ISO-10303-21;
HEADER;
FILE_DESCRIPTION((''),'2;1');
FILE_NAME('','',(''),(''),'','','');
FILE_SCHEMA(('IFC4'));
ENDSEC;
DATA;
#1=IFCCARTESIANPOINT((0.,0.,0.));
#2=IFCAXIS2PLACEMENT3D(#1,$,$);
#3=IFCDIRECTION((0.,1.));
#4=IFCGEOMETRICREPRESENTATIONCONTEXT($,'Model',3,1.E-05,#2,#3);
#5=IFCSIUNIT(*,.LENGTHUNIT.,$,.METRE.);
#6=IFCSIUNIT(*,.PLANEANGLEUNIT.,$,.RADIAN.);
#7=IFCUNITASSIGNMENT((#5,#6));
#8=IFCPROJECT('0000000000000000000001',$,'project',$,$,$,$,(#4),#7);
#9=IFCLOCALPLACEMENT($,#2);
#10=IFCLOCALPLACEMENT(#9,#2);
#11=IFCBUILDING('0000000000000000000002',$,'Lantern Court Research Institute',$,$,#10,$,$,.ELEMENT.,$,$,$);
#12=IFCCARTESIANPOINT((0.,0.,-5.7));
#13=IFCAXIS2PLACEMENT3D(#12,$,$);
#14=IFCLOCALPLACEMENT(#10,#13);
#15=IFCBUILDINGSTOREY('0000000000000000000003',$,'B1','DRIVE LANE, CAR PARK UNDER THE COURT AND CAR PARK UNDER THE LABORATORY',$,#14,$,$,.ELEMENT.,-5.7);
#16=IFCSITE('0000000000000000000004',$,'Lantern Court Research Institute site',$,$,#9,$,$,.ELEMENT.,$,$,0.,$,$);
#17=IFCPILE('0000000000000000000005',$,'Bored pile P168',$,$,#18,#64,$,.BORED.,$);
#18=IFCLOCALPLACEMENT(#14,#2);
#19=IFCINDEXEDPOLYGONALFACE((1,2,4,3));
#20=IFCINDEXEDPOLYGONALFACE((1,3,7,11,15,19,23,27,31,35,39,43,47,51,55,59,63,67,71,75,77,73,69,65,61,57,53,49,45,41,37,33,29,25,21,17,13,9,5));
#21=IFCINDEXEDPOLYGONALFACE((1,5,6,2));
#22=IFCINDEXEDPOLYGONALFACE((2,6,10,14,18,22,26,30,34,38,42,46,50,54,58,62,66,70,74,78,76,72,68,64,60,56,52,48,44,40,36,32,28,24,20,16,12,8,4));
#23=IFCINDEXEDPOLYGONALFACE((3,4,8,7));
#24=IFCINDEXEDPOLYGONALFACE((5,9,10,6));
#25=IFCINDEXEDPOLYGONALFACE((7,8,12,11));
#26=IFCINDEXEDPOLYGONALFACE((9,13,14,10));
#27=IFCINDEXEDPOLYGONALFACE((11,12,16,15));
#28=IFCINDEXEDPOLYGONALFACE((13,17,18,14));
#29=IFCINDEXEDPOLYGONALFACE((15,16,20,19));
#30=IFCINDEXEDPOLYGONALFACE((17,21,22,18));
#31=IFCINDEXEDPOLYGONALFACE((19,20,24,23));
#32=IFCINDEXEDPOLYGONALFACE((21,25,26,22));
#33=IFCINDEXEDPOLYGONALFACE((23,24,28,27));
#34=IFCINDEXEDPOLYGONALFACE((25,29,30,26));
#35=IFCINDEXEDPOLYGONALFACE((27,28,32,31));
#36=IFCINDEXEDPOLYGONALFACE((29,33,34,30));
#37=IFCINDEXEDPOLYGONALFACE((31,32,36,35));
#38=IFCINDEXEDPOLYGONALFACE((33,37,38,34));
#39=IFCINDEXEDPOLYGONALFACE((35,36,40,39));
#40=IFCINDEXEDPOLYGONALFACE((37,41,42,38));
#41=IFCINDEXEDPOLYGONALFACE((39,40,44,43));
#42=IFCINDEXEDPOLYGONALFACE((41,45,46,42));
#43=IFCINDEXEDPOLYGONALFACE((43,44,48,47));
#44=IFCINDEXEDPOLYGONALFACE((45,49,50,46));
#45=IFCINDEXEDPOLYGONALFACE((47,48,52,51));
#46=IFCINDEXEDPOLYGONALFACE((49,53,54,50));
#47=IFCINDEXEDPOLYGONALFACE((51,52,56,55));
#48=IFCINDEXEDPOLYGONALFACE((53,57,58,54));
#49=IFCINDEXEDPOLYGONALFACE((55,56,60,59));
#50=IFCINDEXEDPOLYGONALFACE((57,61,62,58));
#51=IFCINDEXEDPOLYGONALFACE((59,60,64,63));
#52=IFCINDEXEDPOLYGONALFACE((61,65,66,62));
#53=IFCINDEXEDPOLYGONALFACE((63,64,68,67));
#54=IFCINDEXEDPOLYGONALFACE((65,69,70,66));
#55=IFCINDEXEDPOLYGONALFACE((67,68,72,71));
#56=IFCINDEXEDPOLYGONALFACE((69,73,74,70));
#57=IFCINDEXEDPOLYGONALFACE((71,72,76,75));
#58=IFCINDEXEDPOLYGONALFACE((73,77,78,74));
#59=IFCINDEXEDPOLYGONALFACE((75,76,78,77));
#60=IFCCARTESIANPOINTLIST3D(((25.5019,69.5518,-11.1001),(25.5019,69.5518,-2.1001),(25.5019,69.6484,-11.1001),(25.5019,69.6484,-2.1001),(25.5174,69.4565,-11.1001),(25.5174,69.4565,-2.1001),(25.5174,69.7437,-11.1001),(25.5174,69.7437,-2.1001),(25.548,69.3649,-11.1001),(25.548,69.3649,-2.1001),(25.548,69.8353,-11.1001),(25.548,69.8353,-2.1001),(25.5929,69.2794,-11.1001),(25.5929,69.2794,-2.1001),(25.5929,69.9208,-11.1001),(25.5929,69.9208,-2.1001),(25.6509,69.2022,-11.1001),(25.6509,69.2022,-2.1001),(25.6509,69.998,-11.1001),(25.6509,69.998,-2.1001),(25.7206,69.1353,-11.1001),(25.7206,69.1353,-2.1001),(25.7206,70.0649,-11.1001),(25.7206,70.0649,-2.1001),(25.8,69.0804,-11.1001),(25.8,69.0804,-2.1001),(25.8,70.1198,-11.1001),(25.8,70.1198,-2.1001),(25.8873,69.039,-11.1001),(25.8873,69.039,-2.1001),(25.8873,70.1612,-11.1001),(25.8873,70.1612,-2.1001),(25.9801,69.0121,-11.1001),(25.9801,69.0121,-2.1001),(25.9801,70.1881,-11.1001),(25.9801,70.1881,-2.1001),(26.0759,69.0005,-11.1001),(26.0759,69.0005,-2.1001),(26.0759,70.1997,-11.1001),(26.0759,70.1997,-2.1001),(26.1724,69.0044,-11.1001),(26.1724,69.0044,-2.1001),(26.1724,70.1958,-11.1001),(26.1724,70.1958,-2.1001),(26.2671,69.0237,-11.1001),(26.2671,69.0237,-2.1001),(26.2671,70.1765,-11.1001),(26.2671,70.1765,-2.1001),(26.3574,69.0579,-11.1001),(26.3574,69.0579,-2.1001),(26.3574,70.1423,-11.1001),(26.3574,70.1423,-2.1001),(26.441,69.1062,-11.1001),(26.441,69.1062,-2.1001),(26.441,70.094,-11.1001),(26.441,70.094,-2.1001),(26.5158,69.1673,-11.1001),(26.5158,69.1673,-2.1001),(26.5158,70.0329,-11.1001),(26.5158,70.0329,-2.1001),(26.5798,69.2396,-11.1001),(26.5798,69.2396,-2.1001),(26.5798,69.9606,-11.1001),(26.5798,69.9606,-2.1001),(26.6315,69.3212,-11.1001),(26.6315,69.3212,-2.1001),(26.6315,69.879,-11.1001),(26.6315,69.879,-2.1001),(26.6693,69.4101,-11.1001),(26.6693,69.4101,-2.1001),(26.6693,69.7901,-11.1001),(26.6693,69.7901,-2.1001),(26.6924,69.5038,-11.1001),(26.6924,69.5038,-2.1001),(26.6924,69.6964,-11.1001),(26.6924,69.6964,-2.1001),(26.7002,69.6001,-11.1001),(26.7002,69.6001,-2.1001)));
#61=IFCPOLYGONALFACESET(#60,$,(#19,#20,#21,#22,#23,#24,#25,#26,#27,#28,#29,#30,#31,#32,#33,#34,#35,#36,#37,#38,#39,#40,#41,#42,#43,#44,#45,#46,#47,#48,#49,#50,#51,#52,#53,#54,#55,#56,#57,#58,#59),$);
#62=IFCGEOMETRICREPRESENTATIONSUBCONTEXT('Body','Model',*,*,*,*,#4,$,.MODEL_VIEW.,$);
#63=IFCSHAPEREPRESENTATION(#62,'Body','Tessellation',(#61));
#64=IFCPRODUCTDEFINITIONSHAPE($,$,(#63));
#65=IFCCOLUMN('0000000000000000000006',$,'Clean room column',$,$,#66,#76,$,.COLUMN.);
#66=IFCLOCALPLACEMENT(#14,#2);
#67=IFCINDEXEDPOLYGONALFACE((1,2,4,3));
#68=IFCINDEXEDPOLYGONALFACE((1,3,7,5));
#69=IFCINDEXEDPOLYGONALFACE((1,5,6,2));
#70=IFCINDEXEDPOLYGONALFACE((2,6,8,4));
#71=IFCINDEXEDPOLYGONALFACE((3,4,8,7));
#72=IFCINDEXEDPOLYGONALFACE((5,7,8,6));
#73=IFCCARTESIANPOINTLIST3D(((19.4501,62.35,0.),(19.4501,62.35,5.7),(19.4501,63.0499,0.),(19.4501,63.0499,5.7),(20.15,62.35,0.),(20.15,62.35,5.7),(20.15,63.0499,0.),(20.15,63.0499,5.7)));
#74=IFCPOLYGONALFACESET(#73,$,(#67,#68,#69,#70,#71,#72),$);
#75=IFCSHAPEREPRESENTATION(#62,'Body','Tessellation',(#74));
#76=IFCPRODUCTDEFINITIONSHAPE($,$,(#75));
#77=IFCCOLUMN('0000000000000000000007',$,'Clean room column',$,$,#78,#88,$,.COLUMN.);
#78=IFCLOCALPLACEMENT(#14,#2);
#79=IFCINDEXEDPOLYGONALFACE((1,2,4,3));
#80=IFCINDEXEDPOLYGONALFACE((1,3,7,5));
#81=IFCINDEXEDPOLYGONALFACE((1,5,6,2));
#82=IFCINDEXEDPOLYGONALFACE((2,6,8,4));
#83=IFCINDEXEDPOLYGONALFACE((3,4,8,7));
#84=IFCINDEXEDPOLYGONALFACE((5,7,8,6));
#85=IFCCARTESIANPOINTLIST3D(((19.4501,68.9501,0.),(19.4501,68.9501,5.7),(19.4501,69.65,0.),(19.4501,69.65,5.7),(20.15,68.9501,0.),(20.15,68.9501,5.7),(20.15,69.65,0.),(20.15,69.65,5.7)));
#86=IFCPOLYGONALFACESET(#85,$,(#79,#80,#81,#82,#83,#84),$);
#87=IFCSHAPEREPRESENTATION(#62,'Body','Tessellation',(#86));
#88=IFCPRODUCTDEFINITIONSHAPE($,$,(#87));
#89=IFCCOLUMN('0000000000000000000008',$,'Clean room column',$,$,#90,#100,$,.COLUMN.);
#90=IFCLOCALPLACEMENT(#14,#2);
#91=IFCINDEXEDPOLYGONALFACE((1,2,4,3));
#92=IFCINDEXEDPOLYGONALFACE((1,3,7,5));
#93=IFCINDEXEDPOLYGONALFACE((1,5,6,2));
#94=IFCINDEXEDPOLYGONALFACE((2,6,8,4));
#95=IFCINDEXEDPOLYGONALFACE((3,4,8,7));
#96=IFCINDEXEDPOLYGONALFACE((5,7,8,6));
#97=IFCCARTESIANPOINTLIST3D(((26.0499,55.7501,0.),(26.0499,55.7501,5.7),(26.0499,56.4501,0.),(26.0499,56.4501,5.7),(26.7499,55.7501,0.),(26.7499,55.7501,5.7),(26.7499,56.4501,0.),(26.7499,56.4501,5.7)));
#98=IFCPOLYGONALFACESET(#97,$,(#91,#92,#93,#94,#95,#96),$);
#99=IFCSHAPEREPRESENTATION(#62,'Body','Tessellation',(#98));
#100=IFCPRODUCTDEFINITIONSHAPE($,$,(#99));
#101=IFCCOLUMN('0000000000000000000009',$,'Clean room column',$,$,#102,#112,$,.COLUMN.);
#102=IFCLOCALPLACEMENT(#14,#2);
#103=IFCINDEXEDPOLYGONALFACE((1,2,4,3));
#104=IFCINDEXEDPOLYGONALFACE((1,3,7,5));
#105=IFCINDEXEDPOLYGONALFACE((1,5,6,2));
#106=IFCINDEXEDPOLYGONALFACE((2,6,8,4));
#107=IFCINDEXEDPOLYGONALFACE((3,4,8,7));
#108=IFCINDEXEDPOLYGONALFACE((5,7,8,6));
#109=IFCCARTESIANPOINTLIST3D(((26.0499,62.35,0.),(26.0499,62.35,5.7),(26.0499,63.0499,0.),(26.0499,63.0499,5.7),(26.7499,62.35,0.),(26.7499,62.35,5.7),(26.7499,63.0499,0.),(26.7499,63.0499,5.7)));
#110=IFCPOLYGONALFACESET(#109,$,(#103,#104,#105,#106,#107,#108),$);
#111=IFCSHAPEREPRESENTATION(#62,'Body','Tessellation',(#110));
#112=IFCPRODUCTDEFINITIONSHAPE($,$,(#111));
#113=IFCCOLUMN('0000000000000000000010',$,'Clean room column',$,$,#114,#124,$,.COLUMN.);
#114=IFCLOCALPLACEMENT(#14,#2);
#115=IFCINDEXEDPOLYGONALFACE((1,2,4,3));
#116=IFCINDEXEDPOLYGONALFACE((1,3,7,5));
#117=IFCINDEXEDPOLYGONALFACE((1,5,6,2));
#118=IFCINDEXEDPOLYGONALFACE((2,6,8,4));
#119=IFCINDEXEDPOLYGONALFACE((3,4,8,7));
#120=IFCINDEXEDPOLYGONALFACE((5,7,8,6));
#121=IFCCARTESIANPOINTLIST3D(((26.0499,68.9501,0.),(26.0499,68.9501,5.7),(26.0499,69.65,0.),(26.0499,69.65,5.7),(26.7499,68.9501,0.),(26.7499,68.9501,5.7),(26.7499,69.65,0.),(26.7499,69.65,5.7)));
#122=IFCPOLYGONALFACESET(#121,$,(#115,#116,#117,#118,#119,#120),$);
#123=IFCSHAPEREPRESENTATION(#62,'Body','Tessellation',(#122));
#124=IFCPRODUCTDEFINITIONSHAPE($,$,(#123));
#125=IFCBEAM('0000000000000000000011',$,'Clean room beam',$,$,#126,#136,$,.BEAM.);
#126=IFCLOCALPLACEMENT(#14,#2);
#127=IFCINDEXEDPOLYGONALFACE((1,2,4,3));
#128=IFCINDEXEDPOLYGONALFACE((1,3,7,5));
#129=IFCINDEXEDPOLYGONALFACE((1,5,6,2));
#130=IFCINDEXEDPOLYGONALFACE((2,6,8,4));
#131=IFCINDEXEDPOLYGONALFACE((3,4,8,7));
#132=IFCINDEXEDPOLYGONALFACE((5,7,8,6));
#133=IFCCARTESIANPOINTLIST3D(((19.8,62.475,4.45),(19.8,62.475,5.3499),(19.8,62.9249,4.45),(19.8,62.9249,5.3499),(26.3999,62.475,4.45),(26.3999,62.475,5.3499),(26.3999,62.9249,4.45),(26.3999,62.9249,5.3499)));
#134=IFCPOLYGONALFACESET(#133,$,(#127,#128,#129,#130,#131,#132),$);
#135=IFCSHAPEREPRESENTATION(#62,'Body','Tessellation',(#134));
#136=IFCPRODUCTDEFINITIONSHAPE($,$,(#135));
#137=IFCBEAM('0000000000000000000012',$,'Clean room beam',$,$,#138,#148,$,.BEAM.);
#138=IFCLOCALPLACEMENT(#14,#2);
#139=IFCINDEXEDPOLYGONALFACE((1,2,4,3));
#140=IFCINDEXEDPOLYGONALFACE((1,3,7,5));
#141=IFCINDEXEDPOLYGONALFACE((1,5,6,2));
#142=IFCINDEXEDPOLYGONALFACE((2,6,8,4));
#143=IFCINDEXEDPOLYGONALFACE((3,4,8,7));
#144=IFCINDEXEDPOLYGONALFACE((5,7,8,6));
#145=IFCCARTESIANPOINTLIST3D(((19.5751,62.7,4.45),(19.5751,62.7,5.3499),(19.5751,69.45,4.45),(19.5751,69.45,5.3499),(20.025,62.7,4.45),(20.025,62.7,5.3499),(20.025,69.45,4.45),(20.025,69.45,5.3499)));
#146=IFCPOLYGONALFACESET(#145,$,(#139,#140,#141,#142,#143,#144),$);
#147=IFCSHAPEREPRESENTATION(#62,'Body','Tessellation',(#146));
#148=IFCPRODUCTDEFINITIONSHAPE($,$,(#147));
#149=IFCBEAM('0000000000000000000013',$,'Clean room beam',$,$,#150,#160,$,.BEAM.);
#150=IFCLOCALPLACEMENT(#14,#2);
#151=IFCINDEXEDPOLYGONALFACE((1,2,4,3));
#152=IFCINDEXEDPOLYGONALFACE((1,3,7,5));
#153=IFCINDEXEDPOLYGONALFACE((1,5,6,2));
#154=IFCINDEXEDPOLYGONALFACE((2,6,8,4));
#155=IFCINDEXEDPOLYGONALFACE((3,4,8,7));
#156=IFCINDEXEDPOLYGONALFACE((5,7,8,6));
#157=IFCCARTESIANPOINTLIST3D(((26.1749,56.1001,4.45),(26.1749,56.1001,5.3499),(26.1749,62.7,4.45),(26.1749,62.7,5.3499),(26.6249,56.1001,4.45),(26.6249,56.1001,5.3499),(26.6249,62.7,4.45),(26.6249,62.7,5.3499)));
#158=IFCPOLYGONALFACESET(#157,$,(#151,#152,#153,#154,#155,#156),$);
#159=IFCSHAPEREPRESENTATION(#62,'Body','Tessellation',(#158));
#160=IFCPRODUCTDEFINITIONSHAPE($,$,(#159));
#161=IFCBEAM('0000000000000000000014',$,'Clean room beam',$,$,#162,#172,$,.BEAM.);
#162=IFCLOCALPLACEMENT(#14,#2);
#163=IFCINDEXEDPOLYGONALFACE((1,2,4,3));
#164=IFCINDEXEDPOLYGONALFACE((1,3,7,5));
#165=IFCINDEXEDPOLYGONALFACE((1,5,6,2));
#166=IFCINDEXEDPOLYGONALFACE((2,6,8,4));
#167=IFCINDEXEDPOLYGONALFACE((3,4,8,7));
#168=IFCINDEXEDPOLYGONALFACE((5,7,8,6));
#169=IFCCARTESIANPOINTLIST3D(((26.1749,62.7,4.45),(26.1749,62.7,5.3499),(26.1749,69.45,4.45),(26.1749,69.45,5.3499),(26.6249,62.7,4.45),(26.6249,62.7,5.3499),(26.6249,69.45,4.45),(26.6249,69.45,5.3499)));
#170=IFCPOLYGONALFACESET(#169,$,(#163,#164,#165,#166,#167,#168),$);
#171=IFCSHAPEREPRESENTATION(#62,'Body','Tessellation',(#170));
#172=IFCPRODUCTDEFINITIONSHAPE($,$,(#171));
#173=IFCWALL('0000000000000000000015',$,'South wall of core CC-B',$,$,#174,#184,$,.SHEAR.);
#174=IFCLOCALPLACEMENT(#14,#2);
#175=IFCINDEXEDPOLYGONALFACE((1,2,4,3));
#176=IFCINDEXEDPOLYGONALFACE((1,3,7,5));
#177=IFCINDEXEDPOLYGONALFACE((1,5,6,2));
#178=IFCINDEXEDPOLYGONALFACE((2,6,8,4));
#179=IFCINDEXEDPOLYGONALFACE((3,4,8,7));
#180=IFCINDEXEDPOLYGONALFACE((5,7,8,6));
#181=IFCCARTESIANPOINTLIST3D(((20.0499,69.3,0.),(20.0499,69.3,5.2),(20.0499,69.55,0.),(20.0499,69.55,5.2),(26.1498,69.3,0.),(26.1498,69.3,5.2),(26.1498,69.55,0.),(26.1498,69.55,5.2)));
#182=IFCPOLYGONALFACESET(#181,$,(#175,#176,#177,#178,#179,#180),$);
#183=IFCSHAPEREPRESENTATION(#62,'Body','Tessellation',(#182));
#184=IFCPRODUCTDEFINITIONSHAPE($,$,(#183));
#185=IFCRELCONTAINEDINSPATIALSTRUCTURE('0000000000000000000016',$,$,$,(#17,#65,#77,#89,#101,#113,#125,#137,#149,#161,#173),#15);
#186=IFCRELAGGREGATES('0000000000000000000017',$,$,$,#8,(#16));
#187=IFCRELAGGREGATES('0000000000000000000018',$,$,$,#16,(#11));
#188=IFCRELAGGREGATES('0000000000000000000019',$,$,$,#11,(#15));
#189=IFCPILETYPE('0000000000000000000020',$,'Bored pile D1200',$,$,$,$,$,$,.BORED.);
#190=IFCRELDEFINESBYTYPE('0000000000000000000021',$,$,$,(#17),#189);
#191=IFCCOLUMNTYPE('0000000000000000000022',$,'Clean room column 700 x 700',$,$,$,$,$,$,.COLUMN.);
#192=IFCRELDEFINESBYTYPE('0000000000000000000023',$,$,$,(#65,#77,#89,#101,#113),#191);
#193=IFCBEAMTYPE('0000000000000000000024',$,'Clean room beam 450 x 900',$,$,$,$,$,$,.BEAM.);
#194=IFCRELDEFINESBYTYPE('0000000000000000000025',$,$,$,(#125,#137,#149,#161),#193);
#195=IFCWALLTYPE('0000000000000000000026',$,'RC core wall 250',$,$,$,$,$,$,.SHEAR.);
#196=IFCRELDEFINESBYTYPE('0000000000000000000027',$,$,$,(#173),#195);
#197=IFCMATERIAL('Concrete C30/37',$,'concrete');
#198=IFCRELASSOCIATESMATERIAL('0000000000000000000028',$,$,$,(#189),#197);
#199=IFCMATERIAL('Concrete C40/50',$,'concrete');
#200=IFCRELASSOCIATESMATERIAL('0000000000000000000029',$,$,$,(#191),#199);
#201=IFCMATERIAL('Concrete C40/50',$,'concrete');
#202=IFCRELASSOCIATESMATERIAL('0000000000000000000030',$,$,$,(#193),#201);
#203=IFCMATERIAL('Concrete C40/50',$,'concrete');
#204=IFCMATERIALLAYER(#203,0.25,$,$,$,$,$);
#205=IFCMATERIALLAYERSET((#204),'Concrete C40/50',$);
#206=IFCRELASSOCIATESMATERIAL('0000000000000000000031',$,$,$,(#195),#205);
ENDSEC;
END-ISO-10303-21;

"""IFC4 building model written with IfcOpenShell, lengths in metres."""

from ifc_helpers import new_model, si_unit, direction, frame, frame_2d, origin, origin_2d, place, context, subcontext, project, spatial, rectangle, circle, extrude, material, layer, layer_set, material_profile, profile_set, type_object, element, save


model = new_model("IFC4")

# Units and contexts
model_context = context("Model", 3, precision=1e-05, world=origin(), true_north=direction((0.0, 1.0)))
body_context = subcontext(model_context, "Body", "Model", "MODEL_VIEW")
ifc_project = project(units=[si_unit("LENGTHUNIT", "METRE"), si_unit("PLANEANGLEUNIT", "RADIAN")], contexts=[model_context])

# Site, building, storey
site_placement = place(None, origin())
site = spatial("IfcSite", under=ifc_project, at=site_placement, Name="Lantern Court Research Institute site", CompositionType="ELEMENT", RefElevation=0.0)
building_placement = place(site_placement, origin())
building = spatial("IfcBuilding", under=site, at=building_placement, Name="Lantern Court Research Institute", CompositionType="ELEMENT")
storey_placement = place(building_placement, frame((0.0, 0.0, -5.7)))
storey = spatial("IfcBuildingStorey", under=building, at=storey_placement, Name="B1", Description="DRIVE LANE, CAR PARK UNDER THE COURT AND CAR PARK UNDER THE LABORATORY", CompositionType="ELEMENT", Elevation=-5.7)

# Pile
ifc_material_1 = material(Name="Concrete C30/37", Category="concrete")
ifc_material_profile_1 = material_profile(ifc_material_1, circle(Radius=0.6001, at=origin_2d()), Name="Bored pile D1200")
ifc_profile_set_1 = profile_set([ifc_material_profile_1], Name="Concrete C30/37")
pile_type = type_object("IfcPileType", Name="Bored pile D1200", PredefinedType="BORED", material=ifc_profile_set_1)
for number, where, z_axis, x_axis, name in (
    (1, (26.1001, 69.6001, -2.1001), (0.0, 0.0, -1.0), (1.0, 0.0, 0.0), "Bored pile P168"),
):
    element("IfcPile", number, at=place(storey_placement, frame(where, z_axis=z_axis, x_axis=x_axis)), inside=storey, type_object=pile_type, Name=name, PredefinedType="BORED", context=body_context, shape_type="SweptSolid", body=[
        extrude(circle(Radius=0.6001, at=origin_2d()), origin(), (0.0, 0.0, 1.0), 9.0),
    ])

# Columns
ifc_material_2 = material(Name="Concrete C40/50", Category="concrete")
ifc_material_profile_2 = material_profile(ifc_material_2, rectangle(XDim=0.7, YDim=0.7, at=origin_2d()), Name="Clean room column 700 x 700")
ifc_profile_set_2 = profile_set([ifc_material_profile_2], Name="Concrete C40/50")
column_type = type_object("IfcColumnType", Name="Clean room column 700 x 700", PredefinedType="COLUMN", material=ifc_profile_set_2)
for number, where, z_axis, x_axis, name in (
    (2, (19.8, 62.7, 0.0), (0.0, 0.0, 1.0), (1.0, 0.0, 0.0), "Clean room column"),
    (3, (19.8, 69.3, 0.0), (0.0, 0.0, 1.0), (1.0, 0.0, 0.0), "Clean room column"),
    (4, (26.3999, 56.1001, 0.0), (0.0, 0.0, 1.0), (1.0, 0.0, 0.0), "Clean room column"),
    (5, (26.3999, 62.7, 0.0), (0.0, 0.0, 1.0), (1.0, 0.0, 0.0), "Clean room column"),
    (6, (26.3999, 69.3, 0.0), (0.0, 0.0, 1.0), (1.0, 0.0, 0.0), "Clean room column"),
):
    element("IfcColumn", number, at=place(storey_placement, frame(where, z_axis=z_axis, x_axis=x_axis)), inside=storey, type_object=column_type, Name=name, PredefinedType="COLUMN", context=body_context, shape_type="SweptSolid", body=[
        extrude(rectangle(XDim=0.7, YDim=0.7, at=origin_2d()), origin(), (0.0, 0.0, 1.0), 5.7),
    ])

# Beams
ifc_material_3 = material(Name="Concrete C40/50", Category="concrete")
ifc_material_profile_3 = material_profile(ifc_material_3, rectangle(XDim=0.45, YDim=0.8999, at=origin_2d()), Name="Clean room beam 450 x 900")
ifc_profile_set_3 = profile_set([ifc_material_profile_3], Name="Concrete C40/50")
beam_type = type_object("IfcBeamType", Name="Clean room beam 450 x 900", PredefinedType="BEAM", material=ifc_profile_set_3)
beam_1_placement = place(storey_placement, frame((19.8, 62.7, 4.8999), z_axis=(1.0, 0.0, 0.0), x_axis=(0.0, 1.0, 0.0)))
element("IfcBeam", 7, at=beam_1_placement, inside=storey, type_object=beam_type, Name="Clean room beam", PredefinedType="BEAM", context=body_context, shape_type="SweptSolid", body=[
    extrude(rectangle(XDim=0.45, YDim=0.8999, at=origin_2d()), origin(), (0.0, 0.0, 1.0), 6.5999),
])
beam_2_placement = place(storey_placement, frame((19.8, 62.7, 4.8999), z_axis=(0.0, 1.0, 0.0), x_axis=(-1.0, 0.0, 0.0)))
element("IfcBeam", 8, at=beam_2_placement, inside=storey, type_object=beam_type, Name="Clean room beam", PredefinedType="BEAM", context=body_context, shape_type="SweptSolid", body=[
    extrude(rectangle(XDim=0.45, YDim=0.8999, at=origin_2d()), origin(), (0.0, 0.0, 1.0), 6.75),
])
beam_3_placement = place(storey_placement, frame((26.3999, 56.1001, 4.8999), z_axis=(0.0, 1.0, 0.0), x_axis=(-1.0, 0.0, 0.0)))
element("IfcBeam", 9, at=beam_3_placement, inside=storey, type_object=beam_type, Name="Clean room beam", PredefinedType="BEAM", context=body_context, shape_type="SweptSolid", body=[
    extrude(rectangle(XDim=0.45, YDim=0.8999, at=origin_2d()), origin(), (0.0, 0.0, 1.0), 6.5999),
])
beam_4_placement = place(storey_placement, frame((26.3999, 62.7, 4.8999), z_axis=(0.0, 1.0, 0.0), x_axis=(-1.0, 0.0, 0.0)))
element("IfcBeam", 10, at=beam_4_placement, inside=storey, type_object=beam_type, Name="Clean room beam", PredefinedType="BEAM", context=body_context, shape_type="SweptSolid", body=[
    extrude(rectangle(XDim=0.45, YDim=0.8999, at=origin_2d()), origin(), (0.0, 0.0, 1.0), 6.75),
])

# Wall
ifc_material_4 = material(Name="Concrete C40/50", Category="concrete")
ifc_layer_1 = layer(ifc_material_4, 0.25)
ifc_layer_set_1 = layer_set([ifc_layer_1], Name="Concrete C40/50")
wall_type_1 = type_object("IfcWallType", Name="RC core wall 250", PredefinedType="SHEAR", material=ifc_layer_set_1)
wall_1_placement = place(storey_placement, frame((20.05, 69.425, 0.0), z_axis=(0.0, 0.0, 1.0), x_axis=(1.0, 0.0, 0.0)))
element("IfcWall", 11, at=wall_1_placement, inside=storey, type_object=wall_type_1, Name="South wall of core CC-B", PredefinedType="SHEAR", context=body_context, shape_type="SweptSolid", body=[
    extrude(rectangle(XDim=6.0999, YDim=0.25, at=frame_2d((3.0498, 0.0))), origin(), (0.0, 0.0, 1.0), 5.2),
])

save(model, "model.ifc")
